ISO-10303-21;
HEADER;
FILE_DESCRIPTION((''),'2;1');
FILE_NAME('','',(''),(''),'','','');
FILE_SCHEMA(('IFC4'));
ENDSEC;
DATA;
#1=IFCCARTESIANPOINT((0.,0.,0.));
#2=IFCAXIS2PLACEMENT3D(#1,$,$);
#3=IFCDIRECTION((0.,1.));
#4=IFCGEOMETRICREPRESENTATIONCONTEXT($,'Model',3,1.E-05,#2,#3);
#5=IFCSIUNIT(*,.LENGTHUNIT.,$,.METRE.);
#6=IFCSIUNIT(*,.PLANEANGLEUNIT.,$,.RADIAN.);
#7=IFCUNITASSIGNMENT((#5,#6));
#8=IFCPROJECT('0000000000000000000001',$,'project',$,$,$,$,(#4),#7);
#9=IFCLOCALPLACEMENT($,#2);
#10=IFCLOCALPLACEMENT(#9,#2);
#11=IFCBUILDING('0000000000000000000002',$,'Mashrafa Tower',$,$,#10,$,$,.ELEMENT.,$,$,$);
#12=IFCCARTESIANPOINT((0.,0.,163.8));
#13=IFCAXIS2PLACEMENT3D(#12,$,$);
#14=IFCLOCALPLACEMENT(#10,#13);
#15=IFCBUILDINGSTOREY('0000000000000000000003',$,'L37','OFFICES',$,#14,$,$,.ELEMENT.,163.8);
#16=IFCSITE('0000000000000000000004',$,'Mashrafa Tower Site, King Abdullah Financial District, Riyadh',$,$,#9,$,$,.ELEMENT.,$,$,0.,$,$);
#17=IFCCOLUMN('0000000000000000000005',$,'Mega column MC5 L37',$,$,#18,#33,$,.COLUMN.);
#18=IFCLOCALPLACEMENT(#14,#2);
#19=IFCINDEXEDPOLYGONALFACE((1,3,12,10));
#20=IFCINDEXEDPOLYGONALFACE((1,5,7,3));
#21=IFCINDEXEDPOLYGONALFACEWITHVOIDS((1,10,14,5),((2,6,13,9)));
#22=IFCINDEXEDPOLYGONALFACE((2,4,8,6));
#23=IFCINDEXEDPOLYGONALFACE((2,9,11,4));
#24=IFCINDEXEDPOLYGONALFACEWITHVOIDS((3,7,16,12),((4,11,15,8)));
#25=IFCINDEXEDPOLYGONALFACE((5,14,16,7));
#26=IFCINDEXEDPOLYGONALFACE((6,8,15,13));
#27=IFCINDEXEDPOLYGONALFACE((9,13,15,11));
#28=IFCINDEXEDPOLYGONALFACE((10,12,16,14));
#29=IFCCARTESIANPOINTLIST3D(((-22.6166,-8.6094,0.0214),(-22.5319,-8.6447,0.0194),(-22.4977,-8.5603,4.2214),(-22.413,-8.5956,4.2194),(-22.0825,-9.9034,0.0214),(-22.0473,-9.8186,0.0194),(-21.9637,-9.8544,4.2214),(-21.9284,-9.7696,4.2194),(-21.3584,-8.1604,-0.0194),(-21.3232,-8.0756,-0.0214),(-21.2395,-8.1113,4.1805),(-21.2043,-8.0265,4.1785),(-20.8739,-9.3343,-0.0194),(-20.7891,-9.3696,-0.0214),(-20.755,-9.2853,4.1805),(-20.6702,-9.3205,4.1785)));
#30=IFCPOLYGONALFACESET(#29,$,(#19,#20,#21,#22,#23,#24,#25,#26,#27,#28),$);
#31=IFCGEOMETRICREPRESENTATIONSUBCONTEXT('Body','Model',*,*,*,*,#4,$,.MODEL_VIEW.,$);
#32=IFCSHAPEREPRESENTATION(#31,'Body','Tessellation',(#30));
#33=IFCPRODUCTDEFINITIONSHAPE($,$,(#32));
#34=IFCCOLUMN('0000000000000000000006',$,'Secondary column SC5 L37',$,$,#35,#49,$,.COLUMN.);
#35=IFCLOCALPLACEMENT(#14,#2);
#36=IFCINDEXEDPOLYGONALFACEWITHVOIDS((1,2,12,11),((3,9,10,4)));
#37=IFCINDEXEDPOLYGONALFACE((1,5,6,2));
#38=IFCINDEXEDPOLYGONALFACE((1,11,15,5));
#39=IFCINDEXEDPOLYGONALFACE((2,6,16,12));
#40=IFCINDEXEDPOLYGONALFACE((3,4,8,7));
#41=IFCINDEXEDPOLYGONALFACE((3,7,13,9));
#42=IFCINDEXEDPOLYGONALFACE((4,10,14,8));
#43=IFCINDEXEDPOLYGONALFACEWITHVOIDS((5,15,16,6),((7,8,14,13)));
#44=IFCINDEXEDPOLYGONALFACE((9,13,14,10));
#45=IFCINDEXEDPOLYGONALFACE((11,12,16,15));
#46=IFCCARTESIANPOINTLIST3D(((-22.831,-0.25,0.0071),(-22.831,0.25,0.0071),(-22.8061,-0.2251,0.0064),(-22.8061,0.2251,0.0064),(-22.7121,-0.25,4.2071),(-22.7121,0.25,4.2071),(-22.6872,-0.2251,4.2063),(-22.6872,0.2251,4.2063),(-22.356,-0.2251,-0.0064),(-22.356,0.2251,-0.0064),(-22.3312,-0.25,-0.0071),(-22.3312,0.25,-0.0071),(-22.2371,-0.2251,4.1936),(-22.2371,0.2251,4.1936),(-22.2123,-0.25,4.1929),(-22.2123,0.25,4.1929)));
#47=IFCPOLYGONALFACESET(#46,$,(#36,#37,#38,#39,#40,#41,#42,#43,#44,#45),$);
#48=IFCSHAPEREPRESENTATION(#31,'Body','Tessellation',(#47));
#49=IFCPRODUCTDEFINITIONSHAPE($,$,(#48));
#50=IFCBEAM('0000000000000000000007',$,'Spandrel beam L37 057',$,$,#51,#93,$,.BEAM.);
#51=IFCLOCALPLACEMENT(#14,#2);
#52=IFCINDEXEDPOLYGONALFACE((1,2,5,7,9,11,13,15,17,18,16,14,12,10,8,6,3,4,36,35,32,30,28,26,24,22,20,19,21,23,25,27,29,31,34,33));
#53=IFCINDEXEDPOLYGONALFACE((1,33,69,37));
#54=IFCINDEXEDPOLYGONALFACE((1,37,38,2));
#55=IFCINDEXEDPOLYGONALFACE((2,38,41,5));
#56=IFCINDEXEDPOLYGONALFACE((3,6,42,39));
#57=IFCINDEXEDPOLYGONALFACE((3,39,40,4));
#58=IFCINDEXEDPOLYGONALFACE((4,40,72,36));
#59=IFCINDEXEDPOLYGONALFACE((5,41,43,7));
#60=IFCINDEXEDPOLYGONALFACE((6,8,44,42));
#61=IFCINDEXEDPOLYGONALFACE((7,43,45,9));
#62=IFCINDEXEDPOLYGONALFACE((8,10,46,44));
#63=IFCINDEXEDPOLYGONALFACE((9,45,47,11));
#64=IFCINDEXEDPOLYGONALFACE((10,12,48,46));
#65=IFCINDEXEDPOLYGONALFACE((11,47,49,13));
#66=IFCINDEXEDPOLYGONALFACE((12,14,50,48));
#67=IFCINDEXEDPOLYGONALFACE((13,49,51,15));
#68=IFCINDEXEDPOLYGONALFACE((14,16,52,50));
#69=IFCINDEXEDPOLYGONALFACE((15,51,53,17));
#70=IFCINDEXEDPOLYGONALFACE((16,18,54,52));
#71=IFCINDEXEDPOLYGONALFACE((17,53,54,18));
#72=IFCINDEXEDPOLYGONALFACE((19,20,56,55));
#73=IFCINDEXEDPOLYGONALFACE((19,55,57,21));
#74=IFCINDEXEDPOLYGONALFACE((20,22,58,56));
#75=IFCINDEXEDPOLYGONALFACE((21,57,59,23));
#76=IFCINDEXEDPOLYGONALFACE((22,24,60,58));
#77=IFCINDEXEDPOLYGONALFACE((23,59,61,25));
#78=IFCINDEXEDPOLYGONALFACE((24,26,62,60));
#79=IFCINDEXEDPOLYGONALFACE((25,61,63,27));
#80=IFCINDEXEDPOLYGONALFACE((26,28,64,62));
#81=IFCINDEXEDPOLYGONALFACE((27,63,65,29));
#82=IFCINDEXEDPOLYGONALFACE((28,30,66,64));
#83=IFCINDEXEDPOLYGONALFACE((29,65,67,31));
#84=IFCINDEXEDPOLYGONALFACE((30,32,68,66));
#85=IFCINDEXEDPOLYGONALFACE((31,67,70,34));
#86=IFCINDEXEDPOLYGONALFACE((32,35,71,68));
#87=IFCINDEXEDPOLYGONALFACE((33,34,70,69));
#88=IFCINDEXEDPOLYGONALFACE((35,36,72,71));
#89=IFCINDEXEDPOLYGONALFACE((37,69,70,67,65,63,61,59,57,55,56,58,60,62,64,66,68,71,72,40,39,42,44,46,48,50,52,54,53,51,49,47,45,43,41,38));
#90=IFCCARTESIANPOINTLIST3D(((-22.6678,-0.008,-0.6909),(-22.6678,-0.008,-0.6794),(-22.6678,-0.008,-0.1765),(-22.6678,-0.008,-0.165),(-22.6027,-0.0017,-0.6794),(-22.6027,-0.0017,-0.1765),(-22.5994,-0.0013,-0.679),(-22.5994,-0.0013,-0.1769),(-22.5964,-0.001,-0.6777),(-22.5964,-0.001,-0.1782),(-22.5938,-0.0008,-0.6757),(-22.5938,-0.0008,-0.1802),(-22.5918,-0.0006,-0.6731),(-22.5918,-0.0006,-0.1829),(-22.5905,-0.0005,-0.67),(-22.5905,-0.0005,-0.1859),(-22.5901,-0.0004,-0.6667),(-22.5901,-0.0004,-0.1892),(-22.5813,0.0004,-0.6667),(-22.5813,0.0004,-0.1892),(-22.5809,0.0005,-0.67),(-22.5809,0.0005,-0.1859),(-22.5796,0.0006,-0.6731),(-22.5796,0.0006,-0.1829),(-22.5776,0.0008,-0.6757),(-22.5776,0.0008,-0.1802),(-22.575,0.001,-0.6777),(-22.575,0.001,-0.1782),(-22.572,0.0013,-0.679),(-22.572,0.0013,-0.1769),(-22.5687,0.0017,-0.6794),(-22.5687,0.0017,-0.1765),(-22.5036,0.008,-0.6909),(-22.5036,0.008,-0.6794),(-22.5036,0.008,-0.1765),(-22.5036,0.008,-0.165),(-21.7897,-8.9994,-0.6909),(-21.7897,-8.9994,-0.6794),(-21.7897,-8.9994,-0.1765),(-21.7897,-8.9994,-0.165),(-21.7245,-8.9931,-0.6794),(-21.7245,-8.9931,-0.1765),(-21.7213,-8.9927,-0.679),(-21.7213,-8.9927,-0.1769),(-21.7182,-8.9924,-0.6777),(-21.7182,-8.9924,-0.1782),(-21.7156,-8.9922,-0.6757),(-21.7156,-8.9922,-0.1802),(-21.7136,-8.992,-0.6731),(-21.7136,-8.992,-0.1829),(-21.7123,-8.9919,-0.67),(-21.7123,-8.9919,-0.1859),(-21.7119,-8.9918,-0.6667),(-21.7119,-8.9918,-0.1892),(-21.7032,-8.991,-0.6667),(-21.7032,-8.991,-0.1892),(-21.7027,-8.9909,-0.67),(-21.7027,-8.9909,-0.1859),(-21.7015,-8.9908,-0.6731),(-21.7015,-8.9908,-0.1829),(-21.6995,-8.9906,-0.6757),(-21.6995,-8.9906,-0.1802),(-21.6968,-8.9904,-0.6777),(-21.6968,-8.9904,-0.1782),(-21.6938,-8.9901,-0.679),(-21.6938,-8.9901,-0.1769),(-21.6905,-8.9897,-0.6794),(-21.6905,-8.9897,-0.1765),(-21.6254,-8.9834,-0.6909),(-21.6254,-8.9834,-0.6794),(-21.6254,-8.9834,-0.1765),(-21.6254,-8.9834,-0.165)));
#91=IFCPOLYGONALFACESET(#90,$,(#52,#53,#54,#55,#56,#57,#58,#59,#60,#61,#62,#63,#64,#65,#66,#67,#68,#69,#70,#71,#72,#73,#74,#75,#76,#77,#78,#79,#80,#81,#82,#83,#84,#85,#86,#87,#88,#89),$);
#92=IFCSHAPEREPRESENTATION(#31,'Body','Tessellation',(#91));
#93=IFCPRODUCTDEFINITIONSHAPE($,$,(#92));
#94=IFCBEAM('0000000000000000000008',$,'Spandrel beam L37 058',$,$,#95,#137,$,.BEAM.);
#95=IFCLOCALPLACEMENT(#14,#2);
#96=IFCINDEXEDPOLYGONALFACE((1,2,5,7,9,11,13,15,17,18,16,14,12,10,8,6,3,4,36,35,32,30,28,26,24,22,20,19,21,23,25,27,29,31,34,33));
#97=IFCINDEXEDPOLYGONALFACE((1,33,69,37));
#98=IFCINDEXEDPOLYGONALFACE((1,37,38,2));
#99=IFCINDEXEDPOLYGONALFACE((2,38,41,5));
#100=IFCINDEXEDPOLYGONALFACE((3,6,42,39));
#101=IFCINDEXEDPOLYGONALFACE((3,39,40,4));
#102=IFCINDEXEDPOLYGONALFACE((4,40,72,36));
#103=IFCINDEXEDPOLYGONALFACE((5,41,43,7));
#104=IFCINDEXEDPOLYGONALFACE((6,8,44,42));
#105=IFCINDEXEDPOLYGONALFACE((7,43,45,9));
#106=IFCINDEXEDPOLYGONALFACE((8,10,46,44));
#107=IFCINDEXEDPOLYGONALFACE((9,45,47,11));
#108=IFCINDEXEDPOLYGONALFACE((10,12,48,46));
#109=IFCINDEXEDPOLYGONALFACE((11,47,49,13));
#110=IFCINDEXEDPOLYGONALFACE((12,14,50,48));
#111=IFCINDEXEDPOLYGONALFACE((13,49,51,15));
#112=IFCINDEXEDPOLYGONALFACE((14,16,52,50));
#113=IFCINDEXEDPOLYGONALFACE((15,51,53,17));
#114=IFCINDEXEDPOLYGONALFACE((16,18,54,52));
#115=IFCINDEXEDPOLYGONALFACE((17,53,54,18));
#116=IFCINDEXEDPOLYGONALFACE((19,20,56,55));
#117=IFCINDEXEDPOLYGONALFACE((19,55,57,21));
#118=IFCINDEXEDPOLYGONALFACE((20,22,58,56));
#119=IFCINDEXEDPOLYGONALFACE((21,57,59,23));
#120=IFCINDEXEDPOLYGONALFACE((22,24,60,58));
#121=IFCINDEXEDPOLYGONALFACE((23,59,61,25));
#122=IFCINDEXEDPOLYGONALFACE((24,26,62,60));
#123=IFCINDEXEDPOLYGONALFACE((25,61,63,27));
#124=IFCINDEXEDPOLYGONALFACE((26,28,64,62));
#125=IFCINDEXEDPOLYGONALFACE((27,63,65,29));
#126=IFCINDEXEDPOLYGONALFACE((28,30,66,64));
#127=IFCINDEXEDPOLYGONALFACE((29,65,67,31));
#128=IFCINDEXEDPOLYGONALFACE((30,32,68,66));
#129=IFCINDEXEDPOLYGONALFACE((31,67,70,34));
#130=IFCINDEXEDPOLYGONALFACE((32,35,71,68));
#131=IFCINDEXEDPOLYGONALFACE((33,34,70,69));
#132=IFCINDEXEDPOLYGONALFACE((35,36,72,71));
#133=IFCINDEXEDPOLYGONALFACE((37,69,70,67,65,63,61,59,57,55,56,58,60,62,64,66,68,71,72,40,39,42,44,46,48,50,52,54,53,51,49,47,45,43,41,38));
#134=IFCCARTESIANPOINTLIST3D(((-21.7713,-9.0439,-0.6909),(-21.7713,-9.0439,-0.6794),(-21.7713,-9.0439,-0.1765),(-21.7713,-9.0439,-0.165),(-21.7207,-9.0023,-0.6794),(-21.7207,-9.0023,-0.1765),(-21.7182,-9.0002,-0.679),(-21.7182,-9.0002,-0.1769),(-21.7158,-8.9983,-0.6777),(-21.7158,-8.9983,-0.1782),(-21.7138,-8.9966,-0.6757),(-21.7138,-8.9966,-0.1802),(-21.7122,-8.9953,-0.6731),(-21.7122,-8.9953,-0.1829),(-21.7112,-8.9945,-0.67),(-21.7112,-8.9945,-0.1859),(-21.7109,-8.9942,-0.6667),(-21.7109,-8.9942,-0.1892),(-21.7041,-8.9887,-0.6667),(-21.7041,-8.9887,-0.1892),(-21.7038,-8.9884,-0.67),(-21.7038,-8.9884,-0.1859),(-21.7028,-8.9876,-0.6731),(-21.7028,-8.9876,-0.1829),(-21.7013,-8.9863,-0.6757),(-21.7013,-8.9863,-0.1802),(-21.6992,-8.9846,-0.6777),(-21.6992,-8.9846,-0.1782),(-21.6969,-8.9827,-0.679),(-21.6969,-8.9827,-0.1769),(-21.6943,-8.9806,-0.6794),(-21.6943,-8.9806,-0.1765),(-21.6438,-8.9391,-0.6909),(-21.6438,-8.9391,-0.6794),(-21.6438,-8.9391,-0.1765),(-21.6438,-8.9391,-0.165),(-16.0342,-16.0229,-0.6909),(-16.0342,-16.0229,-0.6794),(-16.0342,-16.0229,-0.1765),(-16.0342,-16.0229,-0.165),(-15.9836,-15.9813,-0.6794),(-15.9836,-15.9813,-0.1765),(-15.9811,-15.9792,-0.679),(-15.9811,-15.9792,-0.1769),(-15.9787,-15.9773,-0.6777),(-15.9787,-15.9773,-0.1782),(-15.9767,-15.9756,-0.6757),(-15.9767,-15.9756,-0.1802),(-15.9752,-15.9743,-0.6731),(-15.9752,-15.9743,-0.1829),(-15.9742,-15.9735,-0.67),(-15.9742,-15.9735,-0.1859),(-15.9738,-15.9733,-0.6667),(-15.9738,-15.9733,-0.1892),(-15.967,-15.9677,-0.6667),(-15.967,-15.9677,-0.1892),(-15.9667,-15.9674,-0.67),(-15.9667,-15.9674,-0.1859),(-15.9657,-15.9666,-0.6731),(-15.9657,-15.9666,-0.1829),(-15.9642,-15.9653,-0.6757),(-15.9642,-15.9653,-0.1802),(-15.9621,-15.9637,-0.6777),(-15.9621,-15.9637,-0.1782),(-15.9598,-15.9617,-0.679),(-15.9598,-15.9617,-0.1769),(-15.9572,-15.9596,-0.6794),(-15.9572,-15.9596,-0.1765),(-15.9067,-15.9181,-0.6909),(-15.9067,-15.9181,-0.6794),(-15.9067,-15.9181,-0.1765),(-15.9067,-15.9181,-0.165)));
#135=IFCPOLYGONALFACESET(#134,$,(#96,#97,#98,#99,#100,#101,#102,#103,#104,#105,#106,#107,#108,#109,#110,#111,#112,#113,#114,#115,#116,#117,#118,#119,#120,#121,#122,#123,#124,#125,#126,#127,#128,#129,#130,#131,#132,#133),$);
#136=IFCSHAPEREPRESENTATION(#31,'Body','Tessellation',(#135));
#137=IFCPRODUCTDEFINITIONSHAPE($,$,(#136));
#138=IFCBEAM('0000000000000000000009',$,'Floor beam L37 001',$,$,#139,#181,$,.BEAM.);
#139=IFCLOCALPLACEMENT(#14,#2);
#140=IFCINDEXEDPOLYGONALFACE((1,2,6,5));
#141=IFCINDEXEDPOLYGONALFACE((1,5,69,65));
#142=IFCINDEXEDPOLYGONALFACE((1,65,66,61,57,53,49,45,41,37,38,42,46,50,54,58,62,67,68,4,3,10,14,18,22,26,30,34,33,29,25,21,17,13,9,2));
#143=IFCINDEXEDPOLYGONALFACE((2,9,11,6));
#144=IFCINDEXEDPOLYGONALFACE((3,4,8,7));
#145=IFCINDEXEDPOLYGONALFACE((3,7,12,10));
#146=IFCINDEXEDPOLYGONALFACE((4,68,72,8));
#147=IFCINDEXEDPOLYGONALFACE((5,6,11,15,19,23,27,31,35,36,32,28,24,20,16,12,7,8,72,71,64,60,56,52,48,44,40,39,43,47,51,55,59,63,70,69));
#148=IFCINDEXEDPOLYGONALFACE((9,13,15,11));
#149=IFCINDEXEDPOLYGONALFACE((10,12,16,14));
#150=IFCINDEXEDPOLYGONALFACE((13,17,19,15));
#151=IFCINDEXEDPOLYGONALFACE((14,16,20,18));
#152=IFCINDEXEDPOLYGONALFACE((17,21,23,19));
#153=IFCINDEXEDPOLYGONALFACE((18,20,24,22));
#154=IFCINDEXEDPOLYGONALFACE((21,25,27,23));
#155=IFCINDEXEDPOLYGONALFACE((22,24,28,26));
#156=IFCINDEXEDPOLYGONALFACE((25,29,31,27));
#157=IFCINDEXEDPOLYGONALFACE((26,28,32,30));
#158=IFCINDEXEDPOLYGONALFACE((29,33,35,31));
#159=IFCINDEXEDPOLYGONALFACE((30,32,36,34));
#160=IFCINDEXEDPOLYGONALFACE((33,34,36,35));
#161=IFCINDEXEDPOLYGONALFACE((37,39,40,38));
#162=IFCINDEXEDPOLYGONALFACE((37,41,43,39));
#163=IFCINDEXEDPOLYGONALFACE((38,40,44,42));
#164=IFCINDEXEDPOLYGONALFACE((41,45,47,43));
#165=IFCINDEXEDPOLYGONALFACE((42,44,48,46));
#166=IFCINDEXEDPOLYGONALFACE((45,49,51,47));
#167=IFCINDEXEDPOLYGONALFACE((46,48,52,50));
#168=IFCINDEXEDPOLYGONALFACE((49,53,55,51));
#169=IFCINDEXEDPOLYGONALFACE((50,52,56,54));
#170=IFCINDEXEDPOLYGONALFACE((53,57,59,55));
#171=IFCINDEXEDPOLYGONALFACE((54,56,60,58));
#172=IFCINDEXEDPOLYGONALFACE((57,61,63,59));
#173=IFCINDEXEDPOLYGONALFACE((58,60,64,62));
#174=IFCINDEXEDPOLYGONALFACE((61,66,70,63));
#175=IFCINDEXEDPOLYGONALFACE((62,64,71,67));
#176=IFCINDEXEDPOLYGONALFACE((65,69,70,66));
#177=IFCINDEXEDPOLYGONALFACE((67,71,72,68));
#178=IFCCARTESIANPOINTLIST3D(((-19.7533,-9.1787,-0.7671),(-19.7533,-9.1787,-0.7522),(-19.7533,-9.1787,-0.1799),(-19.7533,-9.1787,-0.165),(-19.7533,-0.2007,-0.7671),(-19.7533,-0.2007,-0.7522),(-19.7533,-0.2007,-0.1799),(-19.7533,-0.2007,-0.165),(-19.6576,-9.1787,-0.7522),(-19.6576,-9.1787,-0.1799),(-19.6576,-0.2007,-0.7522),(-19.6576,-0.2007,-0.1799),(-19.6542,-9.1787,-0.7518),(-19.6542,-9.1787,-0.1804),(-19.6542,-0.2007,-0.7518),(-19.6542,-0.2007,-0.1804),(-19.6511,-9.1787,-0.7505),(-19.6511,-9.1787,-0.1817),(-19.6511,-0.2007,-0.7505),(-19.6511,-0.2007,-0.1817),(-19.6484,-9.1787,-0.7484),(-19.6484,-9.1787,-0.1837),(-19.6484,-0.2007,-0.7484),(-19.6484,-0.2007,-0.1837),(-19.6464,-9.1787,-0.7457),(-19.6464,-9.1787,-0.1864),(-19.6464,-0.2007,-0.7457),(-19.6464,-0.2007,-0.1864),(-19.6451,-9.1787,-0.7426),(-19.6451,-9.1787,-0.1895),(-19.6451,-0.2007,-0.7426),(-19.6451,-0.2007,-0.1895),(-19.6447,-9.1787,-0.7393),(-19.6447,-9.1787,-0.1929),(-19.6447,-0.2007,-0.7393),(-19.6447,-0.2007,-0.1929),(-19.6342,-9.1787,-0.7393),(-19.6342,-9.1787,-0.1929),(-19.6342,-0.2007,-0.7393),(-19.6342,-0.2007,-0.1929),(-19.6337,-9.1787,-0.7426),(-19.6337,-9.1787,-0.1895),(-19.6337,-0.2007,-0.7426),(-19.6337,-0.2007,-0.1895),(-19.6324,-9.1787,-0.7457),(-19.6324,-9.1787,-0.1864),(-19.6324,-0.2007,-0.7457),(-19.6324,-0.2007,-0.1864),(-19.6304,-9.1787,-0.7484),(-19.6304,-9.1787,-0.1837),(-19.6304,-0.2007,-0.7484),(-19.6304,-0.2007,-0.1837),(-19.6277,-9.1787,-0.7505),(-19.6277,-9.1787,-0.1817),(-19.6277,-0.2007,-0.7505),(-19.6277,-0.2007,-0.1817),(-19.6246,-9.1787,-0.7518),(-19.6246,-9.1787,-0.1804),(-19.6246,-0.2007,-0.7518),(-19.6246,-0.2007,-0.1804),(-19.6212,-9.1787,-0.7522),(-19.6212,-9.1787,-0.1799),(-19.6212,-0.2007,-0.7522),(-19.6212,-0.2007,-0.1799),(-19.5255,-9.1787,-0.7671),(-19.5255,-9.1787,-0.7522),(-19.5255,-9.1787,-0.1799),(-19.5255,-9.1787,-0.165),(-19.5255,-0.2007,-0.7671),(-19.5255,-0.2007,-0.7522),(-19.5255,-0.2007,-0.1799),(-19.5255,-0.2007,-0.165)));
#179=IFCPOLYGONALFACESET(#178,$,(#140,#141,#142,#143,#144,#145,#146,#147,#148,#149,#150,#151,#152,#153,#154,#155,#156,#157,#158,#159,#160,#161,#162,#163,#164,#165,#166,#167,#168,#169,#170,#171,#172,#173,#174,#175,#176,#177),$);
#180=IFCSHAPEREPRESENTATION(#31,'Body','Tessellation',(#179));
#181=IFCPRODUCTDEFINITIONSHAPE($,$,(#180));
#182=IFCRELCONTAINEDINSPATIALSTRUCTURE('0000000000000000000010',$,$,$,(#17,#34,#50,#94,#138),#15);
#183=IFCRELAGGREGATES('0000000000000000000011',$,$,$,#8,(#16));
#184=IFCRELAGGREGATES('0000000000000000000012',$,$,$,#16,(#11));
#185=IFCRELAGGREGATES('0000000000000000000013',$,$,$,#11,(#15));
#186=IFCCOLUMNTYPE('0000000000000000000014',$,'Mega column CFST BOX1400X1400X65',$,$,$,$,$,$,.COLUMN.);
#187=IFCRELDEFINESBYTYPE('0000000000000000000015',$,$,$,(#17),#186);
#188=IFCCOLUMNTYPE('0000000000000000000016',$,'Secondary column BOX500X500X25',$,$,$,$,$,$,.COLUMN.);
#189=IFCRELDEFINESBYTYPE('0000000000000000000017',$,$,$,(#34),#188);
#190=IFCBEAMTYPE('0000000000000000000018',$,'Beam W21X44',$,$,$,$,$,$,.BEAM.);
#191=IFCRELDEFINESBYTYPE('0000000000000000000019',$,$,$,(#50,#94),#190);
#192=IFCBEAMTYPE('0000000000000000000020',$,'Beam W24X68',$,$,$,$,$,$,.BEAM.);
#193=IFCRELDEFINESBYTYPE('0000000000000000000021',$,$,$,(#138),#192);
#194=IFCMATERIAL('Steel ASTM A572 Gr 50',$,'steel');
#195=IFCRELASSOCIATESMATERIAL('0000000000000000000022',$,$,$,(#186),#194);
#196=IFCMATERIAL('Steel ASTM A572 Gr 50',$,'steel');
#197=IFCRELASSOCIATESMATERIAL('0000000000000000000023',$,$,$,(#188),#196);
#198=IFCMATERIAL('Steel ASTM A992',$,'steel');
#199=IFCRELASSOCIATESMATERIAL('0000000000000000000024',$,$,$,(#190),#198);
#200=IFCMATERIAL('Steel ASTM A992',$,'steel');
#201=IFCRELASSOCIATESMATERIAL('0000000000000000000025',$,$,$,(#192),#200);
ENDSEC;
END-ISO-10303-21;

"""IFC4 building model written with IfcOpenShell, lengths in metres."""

from ifc_helpers import new_model, si_unit, direction, frame, origin, origin_2d, place, context, subcontext, project, spatial, hollow_rectangle, i_section, extrude, material, material_profile, profile_set, type_object, element, save


model = new_model("IFC4")

# Units and contexts
model_context = context("Model", 3, precision=1e-05, world=origin(), true_north=direction((0.0, 1.0)))
body_context = subcontext(model_context, "Body", "Model", "MODEL_VIEW")
ifc_project = project(units=[si_unit("LENGTHUNIT", "METRE"), si_unit("PLANEANGLEUNIT", "RADIAN")], contexts=[model_context])

# Site, building, storey
site_placement = place(None, origin())
site = spatial("IfcSite", under=ifc_project, at=site_placement, Name="Mashrafa Tower Site, King Abdullah Financial District, Riyadh", CompositionType="ELEMENT", RefElevation=0.0)
building_placement = place(site_placement, origin())
building = spatial("IfcBuilding", under=site, at=building_placement, Name="Mashrafa Tower", CompositionType="ELEMENT")
storey_placement = place(building_placement, frame((0.0, 0.0, 163.8)))
storey = spatial("IfcBuildingStorey", under=building, at=storey_placement, Name="L37", Description="OFFICES", CompositionType="ELEMENT", Elevation=163.8)

# Columns
ifc_material_1 = material(Name="Steel ASTM A572 Gr 50", Category="steel")
ifc_material_profile_1 = material_profile(ifc_material_1, hollow_rectangle(XDim=1.3999, YDim=1.3999, WallThickness=0.0649, at=origin_2d()), Name="BOX1400X1400X65")
ifc_profile_set_1 = profile_set([ifc_material_profile_1], Name="Steel ASTM A572 Gr 50")
column_type_1 = type_object("IfcColumnType", Name="Mega column CFST BOX1400X1400X65", PredefinedType="COLUMN", material=ifc_profile_set_1)
column_1_placement = place(storey_placement, frame((-21.7029, -8.9895, 0.0), z_axis=(0.028296, 0.011679, 0.999531), x_axis=(-0.381513, 0.924363, 0.0)))
element("IfcColumn", 1, at=column_1_placement, inside=storey, type_object=column_type_1, Name="Mega column MC5 L37", PredefinedType="COLUMN", context=body_context, shape_type="SweptSolid", body=[
    extrude(hollow_rectangle(XDim=1.3999, YDim=1.3999, WallThickness=0.0649, at=origin_2d()), origin(), (0.0, 0.0, 1.0), 4.2019),
])
ifc_material_2 = material(Name="Steel ASTM A572 Gr 50", Category="steel")
ifc_material_profile_2 = material_profile(ifc_material_2, hollow_rectangle(XDim=0.5, YDim=0.5, WallThickness=0.0249, at=origin_2d()), Name="BOX500X500X25")
ifc_profile_set_2 = profile_set([ifc_material_profile_2], Name="Steel ASTM A572 Gr 50")
column_type_2 = type_object("IfcColumnType", Name="Secondary column BOX500X500X25", PredefinedType="COLUMN", material=ifc_profile_set_2)
column_2_placement = place(storey_placement, frame((-22.5811, 0.0, 0.0), z_axis=(0.028298, 0.0, 0.9996), x_axis=(0.0, 1.0, 0.0)))
element("IfcColumn", 2, at=column_2_placement, inside=storey, type_object=column_type_2, Name="Secondary column SC5 L37", PredefinedType="COLUMN", context=body_context, shape_type="SweptSolid", body=[
    extrude(hollow_rectangle(XDim=0.5, YDim=0.5, WallThickness=0.0249, at=origin_2d()), origin(), (0.0, 0.0, 1.0), 4.2017),
])

# Beams
ifc_material_3 = material(Name="Steel ASTM A992", Category="steel")
ifc_material_profile_3 = material_profile(ifc_material_3, i_section(OverallWidth=0.165, OverallDepth=0.5259, WebThickness=0.0088, FlangeThickness=0.0115, FilletRadius=0.0127, at=origin_2d()), Name="W21X44")
ifc_profile_set_3 = profile_set([ifc_material_profile_3], Name="Steel ASTM A992")
beam_type_1 = type_object("IfcBeamType", Name="Beam W21X44", PredefinedType="BEAM", material=ifc_profile_set_3)
beam_1_placement = place(storey_placement, frame((-22.5857, 0.0, -0.428), z_axis=(0.097205, -0.995264, 0.0), x_axis=(0.995264, 0.097205, 0.0)))
element("IfcBeam", 3, at=beam_1_placement, inside=storey, type_object=beam_type_1, Name="Spandrel beam L37 057", PredefinedType="BEAM", context=body_context, shape_type="SweptSolid", body=[
    extrude(i_section(OverallWidth=0.165, OverallDepth=0.5259, WebThickness=0.0088, FlangeThickness=0.0115, FilletRadius=0.0127, at=origin_2d()), origin(), (0.0, 0.0, 1.0), 9.0342),
])
beam_2_placement = place(storey_placement, frame((-21.7075, -8.9915, -0.428), z_axis=(0.635024, -0.772492, 0.0), x_axis=(0.772492, 0.635024, 0.0)))
element("IfcBeam", 4, at=beam_2_placement, inside=storey, type_object=beam_type_1, Name="Spandrel beam L37 058", PredefinedType="BEAM", context=body_context, shape_type="SweptSolid", body=[
    extrude(i_section(OverallWidth=0.165, OverallDepth=0.5259, WebThickness=0.0088, FlangeThickness=0.0115, FilletRadius=0.0127, at=origin_2d()), origin(), (0.0, 0.0, 1.0), 9.0344),
])
ifc_material_4 = material(Name="Steel ASTM A992", Category="steel")
ifc_material_profile_4 = material_profile(ifc_material_4, i_section(OverallWidth=0.2278, OverallDepth=0.6021, WebThickness=0.0105, FlangeThickness=0.0149, FilletRadius=0.0129, at=origin_2d()), Name="W24X68")
ifc_profile_set_4 = profile_set([ifc_material_profile_4], Name="Steel ASTM A992")
beam_type_2 = type_object("IfcBeamType", Name="Beam W24X68", PredefinedType="BEAM", material=ifc_profile_set_4)
beam_3_placement = place(storey_placement, frame((-19.6394, -9.1787, -0.4661), z_axis=(0.0, 1.0, 0.0), x_axis=(-1.0, 0.0, 0.0)))
element("IfcBeam", 5, at=beam_3_placement, inside=storey, type_object=beam_type_2, Name="Floor beam L37 001", PredefinedType="BEAM", context=body_context, shape_type="SweptSolid", body=[
    extrude(i_section(OverallWidth=0.2278, OverallDepth=0.6021, WebThickness=0.0105, FlangeThickness=0.0149, FilletRadius=0.0129, at=origin_2d()), origin(), (0.0, 0.0, 1.0), 8.978),
])

save(model, "model.ifc")
